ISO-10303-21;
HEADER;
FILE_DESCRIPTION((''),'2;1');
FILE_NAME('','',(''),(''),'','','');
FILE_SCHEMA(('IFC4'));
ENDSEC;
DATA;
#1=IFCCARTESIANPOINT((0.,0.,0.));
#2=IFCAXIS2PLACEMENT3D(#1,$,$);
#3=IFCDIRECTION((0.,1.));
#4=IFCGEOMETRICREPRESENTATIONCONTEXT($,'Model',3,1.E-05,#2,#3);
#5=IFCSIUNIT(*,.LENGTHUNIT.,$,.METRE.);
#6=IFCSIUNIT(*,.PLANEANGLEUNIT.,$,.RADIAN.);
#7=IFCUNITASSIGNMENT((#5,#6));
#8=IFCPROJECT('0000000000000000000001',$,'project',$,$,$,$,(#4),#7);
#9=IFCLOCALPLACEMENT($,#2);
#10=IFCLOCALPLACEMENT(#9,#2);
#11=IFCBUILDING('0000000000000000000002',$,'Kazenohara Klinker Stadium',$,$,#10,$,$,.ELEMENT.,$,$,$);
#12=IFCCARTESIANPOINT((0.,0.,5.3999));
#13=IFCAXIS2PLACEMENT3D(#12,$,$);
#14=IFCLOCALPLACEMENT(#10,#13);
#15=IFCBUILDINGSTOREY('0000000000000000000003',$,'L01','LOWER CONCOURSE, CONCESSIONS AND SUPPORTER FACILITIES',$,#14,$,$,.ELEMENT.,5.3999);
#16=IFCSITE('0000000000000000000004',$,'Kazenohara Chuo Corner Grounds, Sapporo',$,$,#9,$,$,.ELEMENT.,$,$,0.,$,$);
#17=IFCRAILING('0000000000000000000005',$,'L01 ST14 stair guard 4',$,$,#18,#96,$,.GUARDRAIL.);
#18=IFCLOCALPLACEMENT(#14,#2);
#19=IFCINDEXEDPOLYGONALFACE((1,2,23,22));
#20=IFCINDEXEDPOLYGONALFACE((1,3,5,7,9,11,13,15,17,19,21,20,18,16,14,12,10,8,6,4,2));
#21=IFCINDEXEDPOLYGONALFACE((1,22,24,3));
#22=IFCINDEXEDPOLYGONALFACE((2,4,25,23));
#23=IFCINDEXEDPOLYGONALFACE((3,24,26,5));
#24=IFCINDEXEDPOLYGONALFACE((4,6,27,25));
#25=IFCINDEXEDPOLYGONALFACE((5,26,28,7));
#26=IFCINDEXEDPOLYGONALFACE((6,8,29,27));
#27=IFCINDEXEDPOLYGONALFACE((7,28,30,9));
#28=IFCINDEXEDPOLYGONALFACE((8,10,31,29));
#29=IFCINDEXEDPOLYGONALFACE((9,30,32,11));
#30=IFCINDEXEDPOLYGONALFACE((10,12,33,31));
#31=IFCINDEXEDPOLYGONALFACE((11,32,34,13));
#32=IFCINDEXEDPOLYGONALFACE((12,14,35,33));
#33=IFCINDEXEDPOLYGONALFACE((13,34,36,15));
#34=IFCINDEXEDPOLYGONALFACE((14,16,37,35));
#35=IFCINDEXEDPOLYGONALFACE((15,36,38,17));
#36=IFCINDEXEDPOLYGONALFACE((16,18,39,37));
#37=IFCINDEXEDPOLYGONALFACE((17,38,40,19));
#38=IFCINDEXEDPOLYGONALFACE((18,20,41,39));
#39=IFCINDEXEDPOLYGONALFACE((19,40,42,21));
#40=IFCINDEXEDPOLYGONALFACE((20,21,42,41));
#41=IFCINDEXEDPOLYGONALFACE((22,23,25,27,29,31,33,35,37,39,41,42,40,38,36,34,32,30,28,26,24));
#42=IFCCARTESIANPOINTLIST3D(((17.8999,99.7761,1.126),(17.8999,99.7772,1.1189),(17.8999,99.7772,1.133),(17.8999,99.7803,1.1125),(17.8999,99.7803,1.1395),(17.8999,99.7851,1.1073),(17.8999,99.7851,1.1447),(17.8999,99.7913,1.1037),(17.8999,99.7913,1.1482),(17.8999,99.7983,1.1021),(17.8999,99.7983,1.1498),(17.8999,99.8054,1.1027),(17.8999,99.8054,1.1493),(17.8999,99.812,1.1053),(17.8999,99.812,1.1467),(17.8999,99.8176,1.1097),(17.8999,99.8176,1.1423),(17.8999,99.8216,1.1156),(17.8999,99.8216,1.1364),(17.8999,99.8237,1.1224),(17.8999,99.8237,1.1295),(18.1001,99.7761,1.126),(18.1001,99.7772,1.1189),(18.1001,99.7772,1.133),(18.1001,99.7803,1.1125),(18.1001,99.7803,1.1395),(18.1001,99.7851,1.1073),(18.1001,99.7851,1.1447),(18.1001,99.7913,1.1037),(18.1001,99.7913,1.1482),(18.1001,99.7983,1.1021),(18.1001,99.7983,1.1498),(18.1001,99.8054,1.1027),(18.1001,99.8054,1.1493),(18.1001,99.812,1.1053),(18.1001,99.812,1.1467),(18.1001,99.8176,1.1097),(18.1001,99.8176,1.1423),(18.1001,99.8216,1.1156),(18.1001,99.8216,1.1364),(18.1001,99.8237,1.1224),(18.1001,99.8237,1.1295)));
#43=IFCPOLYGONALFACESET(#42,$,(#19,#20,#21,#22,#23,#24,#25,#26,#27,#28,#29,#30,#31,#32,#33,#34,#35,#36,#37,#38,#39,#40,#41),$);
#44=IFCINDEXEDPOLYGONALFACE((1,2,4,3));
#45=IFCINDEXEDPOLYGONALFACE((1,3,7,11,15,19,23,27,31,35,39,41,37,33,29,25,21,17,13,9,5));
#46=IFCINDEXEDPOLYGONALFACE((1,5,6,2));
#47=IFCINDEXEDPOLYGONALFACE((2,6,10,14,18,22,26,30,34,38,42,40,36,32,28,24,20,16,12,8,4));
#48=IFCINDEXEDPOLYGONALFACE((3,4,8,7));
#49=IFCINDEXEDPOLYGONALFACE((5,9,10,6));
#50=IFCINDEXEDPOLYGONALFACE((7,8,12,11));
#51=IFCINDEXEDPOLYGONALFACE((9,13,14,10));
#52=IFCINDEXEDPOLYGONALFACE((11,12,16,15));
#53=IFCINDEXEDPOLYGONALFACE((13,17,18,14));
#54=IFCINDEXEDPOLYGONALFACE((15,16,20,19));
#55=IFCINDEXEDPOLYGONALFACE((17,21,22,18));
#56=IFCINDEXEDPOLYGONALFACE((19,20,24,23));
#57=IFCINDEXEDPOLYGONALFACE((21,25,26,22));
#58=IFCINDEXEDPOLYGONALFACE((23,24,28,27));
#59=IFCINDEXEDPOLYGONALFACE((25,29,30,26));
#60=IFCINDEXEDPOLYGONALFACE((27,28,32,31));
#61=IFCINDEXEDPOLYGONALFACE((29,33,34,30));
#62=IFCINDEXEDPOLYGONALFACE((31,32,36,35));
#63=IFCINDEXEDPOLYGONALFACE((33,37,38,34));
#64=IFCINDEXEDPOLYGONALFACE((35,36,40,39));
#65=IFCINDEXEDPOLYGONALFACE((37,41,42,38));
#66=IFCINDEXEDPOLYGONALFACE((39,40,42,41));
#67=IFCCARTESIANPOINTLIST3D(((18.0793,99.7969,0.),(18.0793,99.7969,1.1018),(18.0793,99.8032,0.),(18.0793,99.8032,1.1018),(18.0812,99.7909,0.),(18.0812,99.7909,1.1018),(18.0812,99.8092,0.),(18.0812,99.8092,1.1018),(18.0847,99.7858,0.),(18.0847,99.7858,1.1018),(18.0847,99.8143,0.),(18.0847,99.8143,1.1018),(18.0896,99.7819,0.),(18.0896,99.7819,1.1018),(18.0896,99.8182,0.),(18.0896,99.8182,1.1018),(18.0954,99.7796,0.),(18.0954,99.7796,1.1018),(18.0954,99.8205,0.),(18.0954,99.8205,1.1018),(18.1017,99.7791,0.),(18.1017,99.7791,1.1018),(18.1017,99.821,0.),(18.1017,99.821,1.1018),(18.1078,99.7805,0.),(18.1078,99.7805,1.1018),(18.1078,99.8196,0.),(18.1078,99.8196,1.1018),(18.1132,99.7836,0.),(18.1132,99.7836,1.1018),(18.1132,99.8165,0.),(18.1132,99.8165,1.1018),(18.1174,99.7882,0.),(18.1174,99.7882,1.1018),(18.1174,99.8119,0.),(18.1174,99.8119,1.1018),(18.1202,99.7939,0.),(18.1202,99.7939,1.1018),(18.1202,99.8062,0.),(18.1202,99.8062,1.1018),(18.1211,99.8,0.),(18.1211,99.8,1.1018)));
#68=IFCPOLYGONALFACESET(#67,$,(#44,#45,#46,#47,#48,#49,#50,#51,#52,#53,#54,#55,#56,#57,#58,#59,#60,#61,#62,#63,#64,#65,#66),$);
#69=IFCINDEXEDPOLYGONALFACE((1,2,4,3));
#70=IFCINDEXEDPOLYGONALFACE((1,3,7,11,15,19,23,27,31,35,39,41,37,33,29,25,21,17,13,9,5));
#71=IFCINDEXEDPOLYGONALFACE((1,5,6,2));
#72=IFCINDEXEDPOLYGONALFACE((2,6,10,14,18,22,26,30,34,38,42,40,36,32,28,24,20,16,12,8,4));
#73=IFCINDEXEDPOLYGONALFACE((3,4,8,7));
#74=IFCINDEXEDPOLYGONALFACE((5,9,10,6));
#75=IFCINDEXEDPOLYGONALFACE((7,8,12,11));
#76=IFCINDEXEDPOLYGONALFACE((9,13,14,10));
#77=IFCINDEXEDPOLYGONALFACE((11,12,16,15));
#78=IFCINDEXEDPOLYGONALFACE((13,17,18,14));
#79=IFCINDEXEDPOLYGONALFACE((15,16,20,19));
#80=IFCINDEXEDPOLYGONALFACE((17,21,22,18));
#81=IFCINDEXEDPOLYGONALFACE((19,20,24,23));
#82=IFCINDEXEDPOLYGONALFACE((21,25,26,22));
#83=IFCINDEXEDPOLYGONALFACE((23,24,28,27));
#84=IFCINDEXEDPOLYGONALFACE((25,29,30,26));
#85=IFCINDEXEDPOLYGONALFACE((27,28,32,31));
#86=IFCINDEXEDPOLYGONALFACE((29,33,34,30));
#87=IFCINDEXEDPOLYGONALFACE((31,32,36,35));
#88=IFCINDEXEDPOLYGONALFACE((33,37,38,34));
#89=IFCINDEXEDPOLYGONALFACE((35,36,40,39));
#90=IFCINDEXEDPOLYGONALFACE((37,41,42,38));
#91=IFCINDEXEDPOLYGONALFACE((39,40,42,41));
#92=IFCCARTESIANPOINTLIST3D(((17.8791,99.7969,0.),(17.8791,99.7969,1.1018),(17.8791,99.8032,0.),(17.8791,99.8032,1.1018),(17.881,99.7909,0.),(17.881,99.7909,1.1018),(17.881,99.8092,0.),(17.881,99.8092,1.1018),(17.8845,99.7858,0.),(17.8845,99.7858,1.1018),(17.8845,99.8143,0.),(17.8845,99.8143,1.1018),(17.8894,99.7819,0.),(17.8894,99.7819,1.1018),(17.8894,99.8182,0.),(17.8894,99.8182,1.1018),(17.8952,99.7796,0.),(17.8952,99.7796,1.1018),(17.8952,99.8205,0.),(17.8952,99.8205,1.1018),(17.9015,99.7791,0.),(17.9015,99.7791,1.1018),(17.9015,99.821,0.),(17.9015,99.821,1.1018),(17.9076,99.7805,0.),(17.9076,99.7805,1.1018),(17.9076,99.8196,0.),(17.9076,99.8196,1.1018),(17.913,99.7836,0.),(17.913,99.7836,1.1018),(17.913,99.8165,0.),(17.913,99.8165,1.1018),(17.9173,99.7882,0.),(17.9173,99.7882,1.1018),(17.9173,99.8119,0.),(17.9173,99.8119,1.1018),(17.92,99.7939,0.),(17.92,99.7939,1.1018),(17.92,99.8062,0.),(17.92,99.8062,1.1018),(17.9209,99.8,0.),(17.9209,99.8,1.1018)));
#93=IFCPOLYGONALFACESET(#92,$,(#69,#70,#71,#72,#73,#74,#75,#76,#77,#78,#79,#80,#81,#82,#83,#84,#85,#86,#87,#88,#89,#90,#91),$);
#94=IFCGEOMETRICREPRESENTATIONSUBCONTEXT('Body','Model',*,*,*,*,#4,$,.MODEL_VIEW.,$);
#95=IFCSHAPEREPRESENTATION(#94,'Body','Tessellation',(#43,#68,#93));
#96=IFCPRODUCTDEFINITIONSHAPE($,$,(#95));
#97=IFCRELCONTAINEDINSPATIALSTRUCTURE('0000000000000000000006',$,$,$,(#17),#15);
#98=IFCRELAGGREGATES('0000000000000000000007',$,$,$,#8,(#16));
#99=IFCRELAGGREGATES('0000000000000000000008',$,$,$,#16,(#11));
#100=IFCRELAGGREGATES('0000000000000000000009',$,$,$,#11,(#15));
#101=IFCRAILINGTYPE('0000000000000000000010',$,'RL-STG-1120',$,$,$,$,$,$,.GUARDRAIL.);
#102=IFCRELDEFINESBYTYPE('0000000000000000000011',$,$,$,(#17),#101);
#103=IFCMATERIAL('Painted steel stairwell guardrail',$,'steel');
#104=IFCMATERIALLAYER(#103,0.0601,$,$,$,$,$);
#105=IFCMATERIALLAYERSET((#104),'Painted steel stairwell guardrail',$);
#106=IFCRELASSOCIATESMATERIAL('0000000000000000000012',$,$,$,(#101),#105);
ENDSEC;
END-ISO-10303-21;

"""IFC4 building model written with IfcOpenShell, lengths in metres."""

from ifc_helpers import new_model, si_unit, direction, frame, origin, origin_2d, place, context, subcontext, project, spatial, circle, extrude, material, layer, layer_set, type_object, element, save


model = new_model("IFC4")

# Units and contexts
model_context = context("Model", 3, precision=1e-05, world=origin(), true_north=direction((0.0, 1.0)))
body_context = subcontext(model_context, "Body", "Model", "MODEL_VIEW")
ifc_project = project(units=[si_unit("LENGTHUNIT", "METRE"), si_unit("PLANEANGLEUNIT", "RADIAN")], contexts=[model_context])

# Site, building, storey
site_placement = place(None, origin())
site = spatial("IfcSite", under=ifc_project, at=site_placement, Name="Kazenohara Chuo Corner Grounds, Sapporo", CompositionType="ELEMENT", RefElevation=0.0)
building_placement = place(site_placement, origin())
building = spatial("IfcBuilding", under=site, at=building_placement, Name="Kazenohara Klinker Stadium", CompositionType="ELEMENT")
storey_placement = place(building_placement, frame((0.0, 0.0, 5.3999)))
storey = spatial("IfcBuildingStorey", under=building, at=storey_placement, Name="L01", Description="LOWER CONCOURSE, CONCESSIONS AND SUPPORTER FACILITIES", CompositionType="ELEMENT", Elevation=5.3999)

# Railing
ifc_material_1 = material(Name="Painted steel stairwell guardrail", Category="steel")
ifc_layer_1 = layer(ifc_material_1, 0.0601)
ifc_layer_set_1 = layer_set([ifc_layer_1], Name="Painted steel stairwell guardrail")
railing_type_1 = type_object("IfcRailingType", Name="RL-STG-1120", PredefinedType="GUARDRAIL", material=ifc_layer_set_1)
railing_1_placement = place(storey_placement, frame((18.1001, 99.8, 0.0)))
element("IfcRailing", 1, at=railing_1_placement, inside=storey, type_object=railing_type_1, Name="L01 ST14 stair guard 4", PredefinedType="GUARDRAIL", context=body_context, shape_type="SweptSolid", body=[
    extrude(circle(Radius=0.0239, at=origin_2d()), frame((0.0, 0.0, 1.126), z_axis=(-1.0, 0.0, 0.0), x_axis=(0.0, -1.0, 0.0)), (0.0, 0.0, 1.0), 0.2002),
    extrude(circle(Radius=0.021, at=origin_2d()), origin(), (0.0, 0.0, 1.0), 1.1018),
    extrude(circle(Radius=0.021, at=origin_2d()), frame((-0.2002, 0.0, 0.0)), (0.0, 0.0, 1.0), 1.1018),
])

save(model, "model.ifc")
